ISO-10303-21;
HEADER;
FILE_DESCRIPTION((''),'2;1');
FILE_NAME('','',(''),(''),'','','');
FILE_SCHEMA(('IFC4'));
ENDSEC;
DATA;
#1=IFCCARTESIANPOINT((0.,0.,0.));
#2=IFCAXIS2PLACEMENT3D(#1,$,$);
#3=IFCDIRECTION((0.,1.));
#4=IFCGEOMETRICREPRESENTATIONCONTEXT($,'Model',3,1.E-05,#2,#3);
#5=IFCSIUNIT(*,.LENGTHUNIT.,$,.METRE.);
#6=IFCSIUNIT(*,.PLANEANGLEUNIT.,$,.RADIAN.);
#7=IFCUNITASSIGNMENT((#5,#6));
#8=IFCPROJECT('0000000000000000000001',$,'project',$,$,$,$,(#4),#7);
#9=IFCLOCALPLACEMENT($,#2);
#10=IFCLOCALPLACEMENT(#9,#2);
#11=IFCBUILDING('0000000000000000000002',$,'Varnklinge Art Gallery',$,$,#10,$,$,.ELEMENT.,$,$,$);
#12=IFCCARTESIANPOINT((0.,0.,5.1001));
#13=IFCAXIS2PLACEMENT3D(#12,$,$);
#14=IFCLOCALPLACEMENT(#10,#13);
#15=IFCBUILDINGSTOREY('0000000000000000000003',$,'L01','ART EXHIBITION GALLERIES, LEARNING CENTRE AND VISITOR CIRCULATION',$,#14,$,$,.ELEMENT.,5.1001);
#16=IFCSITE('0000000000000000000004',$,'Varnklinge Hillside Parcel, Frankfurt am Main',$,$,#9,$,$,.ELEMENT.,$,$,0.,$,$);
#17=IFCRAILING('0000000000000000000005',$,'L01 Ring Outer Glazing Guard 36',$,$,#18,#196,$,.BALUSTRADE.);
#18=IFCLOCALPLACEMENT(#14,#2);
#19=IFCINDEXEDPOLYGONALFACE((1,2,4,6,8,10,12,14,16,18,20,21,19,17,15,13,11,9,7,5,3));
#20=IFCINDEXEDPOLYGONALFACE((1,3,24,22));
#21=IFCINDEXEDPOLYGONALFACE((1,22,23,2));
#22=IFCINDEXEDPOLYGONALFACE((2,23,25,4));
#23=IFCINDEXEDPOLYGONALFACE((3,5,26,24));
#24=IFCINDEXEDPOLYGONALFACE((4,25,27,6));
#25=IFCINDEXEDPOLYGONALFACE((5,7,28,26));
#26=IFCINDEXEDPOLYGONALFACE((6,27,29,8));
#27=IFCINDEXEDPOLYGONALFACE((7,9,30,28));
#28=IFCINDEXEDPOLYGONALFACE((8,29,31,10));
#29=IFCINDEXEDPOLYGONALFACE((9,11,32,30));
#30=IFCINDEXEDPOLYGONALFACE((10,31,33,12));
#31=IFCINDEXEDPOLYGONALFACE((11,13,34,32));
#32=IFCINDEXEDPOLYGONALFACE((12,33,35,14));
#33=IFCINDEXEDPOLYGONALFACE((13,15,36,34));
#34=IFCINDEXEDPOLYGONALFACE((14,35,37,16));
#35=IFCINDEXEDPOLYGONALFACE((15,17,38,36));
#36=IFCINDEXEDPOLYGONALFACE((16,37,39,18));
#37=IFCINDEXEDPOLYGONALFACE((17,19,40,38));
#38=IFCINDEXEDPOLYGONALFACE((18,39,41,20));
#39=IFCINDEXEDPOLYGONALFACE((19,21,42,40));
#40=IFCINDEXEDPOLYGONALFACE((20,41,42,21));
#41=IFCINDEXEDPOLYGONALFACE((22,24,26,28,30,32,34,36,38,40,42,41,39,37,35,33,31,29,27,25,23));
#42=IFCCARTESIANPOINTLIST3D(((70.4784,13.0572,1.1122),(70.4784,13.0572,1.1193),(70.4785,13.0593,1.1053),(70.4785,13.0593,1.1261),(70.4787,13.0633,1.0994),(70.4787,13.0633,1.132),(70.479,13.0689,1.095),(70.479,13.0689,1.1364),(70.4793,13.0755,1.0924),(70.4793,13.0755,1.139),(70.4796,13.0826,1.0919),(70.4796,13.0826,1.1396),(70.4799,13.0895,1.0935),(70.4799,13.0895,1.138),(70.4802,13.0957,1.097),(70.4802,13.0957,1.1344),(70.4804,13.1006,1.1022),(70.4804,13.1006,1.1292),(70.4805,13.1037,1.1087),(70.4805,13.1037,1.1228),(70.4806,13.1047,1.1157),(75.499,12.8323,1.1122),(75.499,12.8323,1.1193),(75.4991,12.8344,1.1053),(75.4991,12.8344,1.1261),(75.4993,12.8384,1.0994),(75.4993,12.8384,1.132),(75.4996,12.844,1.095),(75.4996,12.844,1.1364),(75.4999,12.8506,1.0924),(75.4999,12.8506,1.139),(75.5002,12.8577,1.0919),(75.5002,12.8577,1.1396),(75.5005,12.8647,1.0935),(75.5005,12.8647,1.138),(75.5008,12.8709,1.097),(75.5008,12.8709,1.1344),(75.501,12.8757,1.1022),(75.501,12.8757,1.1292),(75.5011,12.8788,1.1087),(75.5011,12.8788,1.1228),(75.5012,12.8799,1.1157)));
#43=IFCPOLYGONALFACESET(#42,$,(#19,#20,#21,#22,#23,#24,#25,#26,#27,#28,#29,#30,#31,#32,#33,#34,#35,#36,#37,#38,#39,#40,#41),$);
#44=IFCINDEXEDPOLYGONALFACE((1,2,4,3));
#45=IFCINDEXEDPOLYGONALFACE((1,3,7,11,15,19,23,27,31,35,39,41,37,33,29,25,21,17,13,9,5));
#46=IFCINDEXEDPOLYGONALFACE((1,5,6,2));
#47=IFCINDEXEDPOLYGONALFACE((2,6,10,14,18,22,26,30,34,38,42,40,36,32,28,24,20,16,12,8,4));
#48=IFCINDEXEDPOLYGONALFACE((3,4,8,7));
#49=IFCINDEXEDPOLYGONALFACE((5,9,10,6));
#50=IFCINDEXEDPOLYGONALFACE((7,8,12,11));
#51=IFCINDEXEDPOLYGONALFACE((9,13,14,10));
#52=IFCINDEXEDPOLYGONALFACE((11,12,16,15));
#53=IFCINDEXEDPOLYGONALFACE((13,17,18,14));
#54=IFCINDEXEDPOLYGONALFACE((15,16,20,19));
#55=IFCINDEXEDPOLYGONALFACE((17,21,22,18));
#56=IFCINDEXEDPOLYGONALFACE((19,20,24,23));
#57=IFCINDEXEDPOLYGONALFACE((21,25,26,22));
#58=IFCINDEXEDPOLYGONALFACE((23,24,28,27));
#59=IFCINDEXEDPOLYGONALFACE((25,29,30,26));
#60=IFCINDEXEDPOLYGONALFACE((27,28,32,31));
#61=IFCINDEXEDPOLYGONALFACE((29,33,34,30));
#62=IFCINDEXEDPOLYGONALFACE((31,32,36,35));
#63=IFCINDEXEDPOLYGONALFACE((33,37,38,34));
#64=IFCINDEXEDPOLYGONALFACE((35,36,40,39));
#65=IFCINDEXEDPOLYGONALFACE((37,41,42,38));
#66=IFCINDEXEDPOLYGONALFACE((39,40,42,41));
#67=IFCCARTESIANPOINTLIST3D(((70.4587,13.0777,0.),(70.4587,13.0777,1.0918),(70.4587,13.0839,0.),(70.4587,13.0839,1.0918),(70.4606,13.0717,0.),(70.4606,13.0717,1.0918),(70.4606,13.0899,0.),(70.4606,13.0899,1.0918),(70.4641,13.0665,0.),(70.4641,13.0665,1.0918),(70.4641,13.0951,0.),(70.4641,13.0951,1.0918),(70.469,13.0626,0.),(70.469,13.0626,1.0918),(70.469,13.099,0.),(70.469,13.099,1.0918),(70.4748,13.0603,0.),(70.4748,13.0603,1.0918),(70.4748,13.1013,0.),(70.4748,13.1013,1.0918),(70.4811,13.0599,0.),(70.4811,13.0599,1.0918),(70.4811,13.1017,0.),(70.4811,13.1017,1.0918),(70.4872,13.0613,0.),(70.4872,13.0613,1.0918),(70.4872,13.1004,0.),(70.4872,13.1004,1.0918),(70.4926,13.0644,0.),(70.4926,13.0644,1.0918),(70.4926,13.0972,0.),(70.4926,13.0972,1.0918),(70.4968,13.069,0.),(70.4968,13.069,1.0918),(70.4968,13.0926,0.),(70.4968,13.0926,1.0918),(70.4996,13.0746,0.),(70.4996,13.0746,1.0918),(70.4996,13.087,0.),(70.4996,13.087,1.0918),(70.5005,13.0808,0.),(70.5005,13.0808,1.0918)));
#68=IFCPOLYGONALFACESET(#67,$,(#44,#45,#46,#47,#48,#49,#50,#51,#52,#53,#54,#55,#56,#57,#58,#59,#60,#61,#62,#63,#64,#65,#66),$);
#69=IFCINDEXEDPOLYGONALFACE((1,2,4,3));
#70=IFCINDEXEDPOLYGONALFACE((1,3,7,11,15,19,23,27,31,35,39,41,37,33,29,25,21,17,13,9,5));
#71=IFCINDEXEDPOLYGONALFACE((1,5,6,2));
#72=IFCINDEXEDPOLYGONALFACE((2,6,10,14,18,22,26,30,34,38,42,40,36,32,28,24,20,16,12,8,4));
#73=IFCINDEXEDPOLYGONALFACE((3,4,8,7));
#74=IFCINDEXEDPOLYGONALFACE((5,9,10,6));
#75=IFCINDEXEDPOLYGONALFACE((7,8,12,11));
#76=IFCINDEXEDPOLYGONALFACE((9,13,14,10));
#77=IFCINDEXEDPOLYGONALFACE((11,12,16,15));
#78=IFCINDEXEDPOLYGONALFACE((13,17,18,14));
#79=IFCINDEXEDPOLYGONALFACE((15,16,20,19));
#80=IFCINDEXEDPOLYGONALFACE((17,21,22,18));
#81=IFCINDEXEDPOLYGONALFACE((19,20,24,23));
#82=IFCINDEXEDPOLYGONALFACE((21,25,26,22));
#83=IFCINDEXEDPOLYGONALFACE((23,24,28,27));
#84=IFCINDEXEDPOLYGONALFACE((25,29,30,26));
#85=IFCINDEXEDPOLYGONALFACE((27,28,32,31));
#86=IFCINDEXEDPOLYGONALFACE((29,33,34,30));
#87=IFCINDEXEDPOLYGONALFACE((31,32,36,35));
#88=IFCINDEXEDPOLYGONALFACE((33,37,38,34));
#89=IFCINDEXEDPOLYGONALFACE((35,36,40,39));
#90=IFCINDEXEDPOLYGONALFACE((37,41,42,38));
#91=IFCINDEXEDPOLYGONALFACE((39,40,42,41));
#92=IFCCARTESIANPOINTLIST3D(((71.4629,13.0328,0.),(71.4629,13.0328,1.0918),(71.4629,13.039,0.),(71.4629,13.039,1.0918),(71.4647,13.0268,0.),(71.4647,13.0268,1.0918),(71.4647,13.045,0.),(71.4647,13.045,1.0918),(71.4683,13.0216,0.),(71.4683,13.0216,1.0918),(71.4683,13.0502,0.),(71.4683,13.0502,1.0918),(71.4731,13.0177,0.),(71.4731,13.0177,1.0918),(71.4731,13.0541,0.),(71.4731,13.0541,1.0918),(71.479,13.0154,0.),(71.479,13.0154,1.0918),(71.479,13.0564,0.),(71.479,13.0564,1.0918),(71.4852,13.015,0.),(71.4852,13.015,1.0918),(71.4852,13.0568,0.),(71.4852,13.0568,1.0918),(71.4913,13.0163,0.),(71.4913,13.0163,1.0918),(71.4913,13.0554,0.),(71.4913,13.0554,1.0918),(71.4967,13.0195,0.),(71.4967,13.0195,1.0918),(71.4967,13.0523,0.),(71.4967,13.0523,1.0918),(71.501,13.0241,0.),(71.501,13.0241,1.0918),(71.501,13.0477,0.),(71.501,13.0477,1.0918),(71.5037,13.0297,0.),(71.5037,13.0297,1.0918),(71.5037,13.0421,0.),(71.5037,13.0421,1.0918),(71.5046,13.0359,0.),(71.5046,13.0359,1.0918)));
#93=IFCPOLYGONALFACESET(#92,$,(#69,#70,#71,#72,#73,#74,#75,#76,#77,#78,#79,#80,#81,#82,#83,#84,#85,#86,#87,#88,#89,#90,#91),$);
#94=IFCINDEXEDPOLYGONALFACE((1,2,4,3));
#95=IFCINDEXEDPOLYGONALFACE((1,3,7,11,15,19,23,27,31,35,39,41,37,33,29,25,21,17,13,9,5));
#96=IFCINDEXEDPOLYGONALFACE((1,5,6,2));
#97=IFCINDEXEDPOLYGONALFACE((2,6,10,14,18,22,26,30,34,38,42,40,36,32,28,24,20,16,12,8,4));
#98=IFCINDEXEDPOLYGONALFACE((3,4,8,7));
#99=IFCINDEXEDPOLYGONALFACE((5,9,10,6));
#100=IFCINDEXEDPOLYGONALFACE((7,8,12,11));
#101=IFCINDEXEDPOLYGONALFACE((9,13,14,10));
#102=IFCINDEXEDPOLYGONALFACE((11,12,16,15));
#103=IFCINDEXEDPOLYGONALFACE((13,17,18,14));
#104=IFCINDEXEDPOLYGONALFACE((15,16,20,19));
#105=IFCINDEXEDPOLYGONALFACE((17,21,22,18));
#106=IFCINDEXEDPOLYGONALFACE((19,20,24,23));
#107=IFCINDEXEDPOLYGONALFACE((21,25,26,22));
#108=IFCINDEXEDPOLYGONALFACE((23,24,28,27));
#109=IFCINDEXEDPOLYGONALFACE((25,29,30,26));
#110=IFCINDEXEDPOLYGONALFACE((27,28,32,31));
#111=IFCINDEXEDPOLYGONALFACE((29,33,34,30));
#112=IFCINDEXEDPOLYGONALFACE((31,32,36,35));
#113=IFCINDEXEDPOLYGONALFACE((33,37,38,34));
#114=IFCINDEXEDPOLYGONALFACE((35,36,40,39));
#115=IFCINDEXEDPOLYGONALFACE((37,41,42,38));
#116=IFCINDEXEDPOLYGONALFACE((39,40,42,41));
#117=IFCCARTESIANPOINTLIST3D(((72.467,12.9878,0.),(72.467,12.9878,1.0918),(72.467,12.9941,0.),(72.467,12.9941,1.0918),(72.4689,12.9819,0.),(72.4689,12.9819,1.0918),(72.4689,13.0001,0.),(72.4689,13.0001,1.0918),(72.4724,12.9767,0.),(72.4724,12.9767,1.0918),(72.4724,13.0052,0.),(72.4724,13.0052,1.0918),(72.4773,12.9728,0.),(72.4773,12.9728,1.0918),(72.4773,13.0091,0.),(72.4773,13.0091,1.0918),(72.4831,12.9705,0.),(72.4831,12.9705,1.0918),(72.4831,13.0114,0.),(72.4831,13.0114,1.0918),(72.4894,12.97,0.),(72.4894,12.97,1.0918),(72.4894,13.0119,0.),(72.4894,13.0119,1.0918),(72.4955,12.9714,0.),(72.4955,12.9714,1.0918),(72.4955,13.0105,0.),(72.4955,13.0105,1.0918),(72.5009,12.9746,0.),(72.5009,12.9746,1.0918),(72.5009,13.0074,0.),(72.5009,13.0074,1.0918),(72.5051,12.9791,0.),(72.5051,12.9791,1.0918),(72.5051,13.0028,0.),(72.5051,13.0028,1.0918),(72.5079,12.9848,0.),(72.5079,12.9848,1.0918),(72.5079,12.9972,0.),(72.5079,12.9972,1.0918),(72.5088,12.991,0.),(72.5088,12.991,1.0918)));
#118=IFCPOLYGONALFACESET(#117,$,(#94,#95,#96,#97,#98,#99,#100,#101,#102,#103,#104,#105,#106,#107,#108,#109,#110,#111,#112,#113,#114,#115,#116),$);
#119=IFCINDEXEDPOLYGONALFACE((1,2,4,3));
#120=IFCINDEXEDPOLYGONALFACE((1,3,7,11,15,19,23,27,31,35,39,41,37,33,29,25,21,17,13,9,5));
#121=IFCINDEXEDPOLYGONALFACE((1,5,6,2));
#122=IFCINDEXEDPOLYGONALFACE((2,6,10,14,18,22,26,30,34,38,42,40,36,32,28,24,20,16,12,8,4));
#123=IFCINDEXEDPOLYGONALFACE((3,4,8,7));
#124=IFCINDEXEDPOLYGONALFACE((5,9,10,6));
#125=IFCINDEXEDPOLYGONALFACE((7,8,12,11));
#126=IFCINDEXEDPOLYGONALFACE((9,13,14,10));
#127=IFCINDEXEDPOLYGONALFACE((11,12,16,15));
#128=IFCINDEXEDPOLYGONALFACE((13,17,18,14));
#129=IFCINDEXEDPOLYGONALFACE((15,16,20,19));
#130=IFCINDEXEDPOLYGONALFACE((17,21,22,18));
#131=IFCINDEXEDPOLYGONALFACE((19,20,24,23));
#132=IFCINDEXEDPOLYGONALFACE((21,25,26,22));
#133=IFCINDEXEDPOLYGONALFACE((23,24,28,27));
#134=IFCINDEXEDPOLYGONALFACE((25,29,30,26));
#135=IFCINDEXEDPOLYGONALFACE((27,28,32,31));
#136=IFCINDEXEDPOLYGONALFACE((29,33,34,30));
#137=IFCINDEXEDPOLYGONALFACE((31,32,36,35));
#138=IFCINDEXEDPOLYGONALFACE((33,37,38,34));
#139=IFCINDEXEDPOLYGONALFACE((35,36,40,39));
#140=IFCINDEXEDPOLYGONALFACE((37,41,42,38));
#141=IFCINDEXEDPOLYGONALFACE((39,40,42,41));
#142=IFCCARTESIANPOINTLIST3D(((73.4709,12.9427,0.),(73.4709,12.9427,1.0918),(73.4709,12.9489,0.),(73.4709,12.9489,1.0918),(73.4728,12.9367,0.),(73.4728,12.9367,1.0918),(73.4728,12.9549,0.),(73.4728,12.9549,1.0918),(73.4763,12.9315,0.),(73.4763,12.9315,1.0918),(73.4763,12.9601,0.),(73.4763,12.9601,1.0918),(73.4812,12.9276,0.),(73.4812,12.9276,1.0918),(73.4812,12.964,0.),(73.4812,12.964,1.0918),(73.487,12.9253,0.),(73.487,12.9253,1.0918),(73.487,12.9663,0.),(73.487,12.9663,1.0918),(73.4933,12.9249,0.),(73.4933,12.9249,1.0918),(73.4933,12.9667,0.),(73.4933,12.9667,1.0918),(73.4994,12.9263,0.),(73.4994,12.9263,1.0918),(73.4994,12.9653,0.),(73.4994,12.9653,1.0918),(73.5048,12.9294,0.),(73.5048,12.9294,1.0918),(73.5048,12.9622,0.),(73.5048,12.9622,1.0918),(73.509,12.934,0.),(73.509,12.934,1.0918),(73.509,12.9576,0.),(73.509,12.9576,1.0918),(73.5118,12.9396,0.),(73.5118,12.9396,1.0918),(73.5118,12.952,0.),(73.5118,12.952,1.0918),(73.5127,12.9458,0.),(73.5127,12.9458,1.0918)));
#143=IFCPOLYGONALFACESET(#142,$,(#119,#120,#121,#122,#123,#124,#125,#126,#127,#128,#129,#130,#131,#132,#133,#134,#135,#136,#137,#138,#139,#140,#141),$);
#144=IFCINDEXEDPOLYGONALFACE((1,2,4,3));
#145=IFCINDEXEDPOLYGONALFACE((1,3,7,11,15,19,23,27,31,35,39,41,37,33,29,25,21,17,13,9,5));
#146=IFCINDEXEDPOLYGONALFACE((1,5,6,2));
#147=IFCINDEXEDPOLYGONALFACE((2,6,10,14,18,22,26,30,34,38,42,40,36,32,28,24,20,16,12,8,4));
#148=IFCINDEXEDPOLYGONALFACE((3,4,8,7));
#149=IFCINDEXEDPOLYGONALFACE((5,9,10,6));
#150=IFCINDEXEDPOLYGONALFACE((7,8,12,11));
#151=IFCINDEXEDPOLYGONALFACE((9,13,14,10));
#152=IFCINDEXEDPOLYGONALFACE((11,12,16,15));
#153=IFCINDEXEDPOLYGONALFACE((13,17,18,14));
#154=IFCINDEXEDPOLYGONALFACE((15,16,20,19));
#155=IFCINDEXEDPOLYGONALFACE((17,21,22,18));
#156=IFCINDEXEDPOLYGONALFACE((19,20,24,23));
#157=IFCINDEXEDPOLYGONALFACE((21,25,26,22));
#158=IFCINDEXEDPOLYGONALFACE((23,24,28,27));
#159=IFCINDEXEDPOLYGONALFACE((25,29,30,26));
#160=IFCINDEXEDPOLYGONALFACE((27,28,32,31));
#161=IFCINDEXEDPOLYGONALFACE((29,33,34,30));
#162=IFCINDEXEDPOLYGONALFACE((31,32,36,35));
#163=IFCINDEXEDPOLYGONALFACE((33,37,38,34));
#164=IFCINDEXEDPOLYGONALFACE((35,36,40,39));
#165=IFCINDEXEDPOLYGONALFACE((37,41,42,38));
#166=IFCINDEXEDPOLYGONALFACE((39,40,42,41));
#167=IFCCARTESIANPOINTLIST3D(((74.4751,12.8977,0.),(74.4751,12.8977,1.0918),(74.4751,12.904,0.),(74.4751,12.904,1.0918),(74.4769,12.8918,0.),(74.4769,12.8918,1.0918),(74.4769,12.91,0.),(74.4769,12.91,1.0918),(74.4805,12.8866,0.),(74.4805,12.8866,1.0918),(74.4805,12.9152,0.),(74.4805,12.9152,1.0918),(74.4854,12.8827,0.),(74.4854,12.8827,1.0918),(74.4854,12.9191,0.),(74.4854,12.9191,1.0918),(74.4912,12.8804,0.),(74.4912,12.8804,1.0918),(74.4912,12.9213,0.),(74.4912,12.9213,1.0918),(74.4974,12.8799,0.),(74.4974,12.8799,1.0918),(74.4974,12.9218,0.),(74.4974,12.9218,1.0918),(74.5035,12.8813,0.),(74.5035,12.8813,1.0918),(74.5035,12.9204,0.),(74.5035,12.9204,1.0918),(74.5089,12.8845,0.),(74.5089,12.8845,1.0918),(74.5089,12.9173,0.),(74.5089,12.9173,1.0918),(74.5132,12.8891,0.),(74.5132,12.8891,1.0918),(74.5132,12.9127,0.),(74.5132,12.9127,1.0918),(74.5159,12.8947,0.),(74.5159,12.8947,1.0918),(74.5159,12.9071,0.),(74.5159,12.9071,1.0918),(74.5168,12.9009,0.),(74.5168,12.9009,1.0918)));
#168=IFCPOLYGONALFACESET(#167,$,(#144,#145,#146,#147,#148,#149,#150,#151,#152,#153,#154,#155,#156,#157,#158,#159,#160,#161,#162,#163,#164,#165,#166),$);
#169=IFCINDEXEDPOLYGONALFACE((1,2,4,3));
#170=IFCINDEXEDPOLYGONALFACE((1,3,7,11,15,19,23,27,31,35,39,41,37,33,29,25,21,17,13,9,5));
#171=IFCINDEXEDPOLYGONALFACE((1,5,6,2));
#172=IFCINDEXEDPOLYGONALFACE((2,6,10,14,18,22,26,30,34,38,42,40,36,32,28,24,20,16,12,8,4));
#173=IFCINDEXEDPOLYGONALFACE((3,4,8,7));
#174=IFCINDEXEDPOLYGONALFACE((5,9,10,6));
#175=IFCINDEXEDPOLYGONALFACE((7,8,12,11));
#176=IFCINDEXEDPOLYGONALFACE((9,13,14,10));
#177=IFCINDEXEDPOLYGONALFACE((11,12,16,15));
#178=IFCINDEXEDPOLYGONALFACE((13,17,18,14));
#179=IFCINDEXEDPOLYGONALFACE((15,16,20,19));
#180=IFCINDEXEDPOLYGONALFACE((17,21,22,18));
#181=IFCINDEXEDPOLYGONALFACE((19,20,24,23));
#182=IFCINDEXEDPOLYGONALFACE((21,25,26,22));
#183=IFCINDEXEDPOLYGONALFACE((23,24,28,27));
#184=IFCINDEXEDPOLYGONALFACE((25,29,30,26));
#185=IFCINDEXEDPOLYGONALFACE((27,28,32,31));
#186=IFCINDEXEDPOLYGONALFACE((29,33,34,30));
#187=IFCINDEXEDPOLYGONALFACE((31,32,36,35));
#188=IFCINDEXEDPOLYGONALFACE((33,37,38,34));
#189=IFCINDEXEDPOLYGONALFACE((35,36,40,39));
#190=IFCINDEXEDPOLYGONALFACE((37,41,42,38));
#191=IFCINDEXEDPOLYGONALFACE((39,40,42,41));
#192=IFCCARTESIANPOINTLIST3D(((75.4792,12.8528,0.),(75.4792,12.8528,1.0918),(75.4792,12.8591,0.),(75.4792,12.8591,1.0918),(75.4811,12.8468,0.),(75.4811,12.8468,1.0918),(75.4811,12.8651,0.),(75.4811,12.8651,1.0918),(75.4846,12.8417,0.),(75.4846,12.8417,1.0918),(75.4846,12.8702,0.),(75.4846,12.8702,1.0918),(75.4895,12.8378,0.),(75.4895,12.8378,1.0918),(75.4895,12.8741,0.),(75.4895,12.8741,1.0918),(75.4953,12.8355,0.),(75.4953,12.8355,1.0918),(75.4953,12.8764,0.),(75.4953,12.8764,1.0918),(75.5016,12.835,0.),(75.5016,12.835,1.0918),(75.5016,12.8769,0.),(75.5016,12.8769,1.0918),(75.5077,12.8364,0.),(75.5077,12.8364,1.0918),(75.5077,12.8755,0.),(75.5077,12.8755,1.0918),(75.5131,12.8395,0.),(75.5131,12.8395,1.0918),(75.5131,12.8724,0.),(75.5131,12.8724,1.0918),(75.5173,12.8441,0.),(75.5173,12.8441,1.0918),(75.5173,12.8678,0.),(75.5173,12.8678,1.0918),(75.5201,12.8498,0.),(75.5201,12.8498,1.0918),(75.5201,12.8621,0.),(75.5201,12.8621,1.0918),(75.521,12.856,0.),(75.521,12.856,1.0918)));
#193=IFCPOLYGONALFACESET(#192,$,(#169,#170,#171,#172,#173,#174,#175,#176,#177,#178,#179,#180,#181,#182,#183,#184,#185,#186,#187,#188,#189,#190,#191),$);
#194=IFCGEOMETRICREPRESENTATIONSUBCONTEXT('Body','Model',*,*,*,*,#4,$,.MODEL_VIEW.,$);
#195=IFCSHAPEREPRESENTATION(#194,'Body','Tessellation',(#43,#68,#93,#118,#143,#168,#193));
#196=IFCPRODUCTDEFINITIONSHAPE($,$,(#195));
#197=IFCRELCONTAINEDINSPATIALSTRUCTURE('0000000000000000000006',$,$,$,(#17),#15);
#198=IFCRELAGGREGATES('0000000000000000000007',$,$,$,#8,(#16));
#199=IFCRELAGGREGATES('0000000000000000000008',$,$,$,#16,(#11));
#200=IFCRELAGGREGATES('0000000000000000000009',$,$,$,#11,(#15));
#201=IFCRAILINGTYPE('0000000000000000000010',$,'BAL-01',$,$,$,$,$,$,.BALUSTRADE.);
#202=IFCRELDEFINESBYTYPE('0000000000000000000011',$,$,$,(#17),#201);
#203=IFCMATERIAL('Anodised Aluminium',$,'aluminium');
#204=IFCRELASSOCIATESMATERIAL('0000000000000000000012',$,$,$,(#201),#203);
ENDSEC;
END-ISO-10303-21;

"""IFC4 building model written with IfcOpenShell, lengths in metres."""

from ifc_helpers import new_model, si_unit, direction, frame, origin, origin_2d, place, context, subcontext, project, spatial, circle, extrude, material, type_object, element, save


model = new_model("IFC4")

# Units and contexts
model_context = context("Model", 3, precision=1e-05, world=origin(), true_north=direction((0.0, 1.0)))
body_context = subcontext(model_context, "Body", "Model", "MODEL_VIEW")
ifc_project = project(units=[si_unit("LENGTHUNIT", "METRE"), si_unit("PLANEANGLEUNIT", "RADIAN")], contexts=[model_context])

# Site, building, storey
site_placement = place(None, origin())
site = spatial("IfcSite", under=ifc_project, at=site_placement, Name="Varnklinge Hillside Parcel, Frankfurt am Main", CompositionType="ELEMENT", RefElevation=0.0)
building_placement = place(site_placement, origin())
building = spatial("IfcBuilding", under=site, at=building_placement, Name="Varnklinge Art Gallery", CompositionType="ELEMENT")
storey_placement = place(building_placement, frame((0.0, 0.0, 5.1001)))
storey = spatial("IfcBuildingStorey", under=building, at=storey_placement, Name="L01", Description="ART EXHIBITION GALLERIES, LEARNING CENTRE AND VISITOR CIRCULATION", CompositionType="ELEMENT", Elevation=5.1001)

# Railing
ifc_material_1 = material(Name="Anodised Aluminium", Category="aluminium")
railing_type = type_object("IfcRailingType", Name="BAL-01", PredefinedType="BALUSTRADE", material=ifc_material_1)
railing_1_placement = place(storey_placement, frame((70.4795, 13.0808, 0.0)))
element("IfcRailing", 1, at=railing_1_placement, inside=storey, type_object=railing_type, Name="L01 Ring Outer Glazing Guard 36", PredefinedType="BALUSTRADE", context=body_context, shape_type="SweptSolid", body=[
    extrude(circle(Radius=0.0239, at=origin_2d()), frame((0.0, 0.0, 1.1157), z_axis=(0.998999, -0.044742, 0.0), x_axis=(0.044742, 0.998999, 0.0)), (0.0, 0.0, 1.0), 5.0256),
    extrude(circle(Radius=0.021, at=origin_2d()), origin(), (0.0, 0.0, 1.0), 1.0918),
    extrude(circle(Radius=0.021, at=origin_2d()), frame((1.0042, -0.0449, 0.0)), (0.0, 0.0, 1.0), 1.0918),
    extrude(circle(Radius=0.021, at=origin_2d()), frame((2.0083, -0.0898, 0.0)), (0.0, 0.0, 1.0), 1.0918),
    extrude(circle(Radius=0.021, at=origin_2d()), frame((3.0122, -0.135, 0.0)), (0.0, 0.0, 1.0), 1.0918),
    extrude(circle(Radius=0.021, at=origin_2d()), frame((4.0164, -0.1799, 0.0)), (0.0, 0.0, 1.0), 1.0918),
    extrude(circle(Radius=0.021, at=origin_2d()), frame((5.0205, -0.2249, 0.0)), (0.0, 0.0, 1.0), 1.0918),
])

save(model, "model.ifc")
